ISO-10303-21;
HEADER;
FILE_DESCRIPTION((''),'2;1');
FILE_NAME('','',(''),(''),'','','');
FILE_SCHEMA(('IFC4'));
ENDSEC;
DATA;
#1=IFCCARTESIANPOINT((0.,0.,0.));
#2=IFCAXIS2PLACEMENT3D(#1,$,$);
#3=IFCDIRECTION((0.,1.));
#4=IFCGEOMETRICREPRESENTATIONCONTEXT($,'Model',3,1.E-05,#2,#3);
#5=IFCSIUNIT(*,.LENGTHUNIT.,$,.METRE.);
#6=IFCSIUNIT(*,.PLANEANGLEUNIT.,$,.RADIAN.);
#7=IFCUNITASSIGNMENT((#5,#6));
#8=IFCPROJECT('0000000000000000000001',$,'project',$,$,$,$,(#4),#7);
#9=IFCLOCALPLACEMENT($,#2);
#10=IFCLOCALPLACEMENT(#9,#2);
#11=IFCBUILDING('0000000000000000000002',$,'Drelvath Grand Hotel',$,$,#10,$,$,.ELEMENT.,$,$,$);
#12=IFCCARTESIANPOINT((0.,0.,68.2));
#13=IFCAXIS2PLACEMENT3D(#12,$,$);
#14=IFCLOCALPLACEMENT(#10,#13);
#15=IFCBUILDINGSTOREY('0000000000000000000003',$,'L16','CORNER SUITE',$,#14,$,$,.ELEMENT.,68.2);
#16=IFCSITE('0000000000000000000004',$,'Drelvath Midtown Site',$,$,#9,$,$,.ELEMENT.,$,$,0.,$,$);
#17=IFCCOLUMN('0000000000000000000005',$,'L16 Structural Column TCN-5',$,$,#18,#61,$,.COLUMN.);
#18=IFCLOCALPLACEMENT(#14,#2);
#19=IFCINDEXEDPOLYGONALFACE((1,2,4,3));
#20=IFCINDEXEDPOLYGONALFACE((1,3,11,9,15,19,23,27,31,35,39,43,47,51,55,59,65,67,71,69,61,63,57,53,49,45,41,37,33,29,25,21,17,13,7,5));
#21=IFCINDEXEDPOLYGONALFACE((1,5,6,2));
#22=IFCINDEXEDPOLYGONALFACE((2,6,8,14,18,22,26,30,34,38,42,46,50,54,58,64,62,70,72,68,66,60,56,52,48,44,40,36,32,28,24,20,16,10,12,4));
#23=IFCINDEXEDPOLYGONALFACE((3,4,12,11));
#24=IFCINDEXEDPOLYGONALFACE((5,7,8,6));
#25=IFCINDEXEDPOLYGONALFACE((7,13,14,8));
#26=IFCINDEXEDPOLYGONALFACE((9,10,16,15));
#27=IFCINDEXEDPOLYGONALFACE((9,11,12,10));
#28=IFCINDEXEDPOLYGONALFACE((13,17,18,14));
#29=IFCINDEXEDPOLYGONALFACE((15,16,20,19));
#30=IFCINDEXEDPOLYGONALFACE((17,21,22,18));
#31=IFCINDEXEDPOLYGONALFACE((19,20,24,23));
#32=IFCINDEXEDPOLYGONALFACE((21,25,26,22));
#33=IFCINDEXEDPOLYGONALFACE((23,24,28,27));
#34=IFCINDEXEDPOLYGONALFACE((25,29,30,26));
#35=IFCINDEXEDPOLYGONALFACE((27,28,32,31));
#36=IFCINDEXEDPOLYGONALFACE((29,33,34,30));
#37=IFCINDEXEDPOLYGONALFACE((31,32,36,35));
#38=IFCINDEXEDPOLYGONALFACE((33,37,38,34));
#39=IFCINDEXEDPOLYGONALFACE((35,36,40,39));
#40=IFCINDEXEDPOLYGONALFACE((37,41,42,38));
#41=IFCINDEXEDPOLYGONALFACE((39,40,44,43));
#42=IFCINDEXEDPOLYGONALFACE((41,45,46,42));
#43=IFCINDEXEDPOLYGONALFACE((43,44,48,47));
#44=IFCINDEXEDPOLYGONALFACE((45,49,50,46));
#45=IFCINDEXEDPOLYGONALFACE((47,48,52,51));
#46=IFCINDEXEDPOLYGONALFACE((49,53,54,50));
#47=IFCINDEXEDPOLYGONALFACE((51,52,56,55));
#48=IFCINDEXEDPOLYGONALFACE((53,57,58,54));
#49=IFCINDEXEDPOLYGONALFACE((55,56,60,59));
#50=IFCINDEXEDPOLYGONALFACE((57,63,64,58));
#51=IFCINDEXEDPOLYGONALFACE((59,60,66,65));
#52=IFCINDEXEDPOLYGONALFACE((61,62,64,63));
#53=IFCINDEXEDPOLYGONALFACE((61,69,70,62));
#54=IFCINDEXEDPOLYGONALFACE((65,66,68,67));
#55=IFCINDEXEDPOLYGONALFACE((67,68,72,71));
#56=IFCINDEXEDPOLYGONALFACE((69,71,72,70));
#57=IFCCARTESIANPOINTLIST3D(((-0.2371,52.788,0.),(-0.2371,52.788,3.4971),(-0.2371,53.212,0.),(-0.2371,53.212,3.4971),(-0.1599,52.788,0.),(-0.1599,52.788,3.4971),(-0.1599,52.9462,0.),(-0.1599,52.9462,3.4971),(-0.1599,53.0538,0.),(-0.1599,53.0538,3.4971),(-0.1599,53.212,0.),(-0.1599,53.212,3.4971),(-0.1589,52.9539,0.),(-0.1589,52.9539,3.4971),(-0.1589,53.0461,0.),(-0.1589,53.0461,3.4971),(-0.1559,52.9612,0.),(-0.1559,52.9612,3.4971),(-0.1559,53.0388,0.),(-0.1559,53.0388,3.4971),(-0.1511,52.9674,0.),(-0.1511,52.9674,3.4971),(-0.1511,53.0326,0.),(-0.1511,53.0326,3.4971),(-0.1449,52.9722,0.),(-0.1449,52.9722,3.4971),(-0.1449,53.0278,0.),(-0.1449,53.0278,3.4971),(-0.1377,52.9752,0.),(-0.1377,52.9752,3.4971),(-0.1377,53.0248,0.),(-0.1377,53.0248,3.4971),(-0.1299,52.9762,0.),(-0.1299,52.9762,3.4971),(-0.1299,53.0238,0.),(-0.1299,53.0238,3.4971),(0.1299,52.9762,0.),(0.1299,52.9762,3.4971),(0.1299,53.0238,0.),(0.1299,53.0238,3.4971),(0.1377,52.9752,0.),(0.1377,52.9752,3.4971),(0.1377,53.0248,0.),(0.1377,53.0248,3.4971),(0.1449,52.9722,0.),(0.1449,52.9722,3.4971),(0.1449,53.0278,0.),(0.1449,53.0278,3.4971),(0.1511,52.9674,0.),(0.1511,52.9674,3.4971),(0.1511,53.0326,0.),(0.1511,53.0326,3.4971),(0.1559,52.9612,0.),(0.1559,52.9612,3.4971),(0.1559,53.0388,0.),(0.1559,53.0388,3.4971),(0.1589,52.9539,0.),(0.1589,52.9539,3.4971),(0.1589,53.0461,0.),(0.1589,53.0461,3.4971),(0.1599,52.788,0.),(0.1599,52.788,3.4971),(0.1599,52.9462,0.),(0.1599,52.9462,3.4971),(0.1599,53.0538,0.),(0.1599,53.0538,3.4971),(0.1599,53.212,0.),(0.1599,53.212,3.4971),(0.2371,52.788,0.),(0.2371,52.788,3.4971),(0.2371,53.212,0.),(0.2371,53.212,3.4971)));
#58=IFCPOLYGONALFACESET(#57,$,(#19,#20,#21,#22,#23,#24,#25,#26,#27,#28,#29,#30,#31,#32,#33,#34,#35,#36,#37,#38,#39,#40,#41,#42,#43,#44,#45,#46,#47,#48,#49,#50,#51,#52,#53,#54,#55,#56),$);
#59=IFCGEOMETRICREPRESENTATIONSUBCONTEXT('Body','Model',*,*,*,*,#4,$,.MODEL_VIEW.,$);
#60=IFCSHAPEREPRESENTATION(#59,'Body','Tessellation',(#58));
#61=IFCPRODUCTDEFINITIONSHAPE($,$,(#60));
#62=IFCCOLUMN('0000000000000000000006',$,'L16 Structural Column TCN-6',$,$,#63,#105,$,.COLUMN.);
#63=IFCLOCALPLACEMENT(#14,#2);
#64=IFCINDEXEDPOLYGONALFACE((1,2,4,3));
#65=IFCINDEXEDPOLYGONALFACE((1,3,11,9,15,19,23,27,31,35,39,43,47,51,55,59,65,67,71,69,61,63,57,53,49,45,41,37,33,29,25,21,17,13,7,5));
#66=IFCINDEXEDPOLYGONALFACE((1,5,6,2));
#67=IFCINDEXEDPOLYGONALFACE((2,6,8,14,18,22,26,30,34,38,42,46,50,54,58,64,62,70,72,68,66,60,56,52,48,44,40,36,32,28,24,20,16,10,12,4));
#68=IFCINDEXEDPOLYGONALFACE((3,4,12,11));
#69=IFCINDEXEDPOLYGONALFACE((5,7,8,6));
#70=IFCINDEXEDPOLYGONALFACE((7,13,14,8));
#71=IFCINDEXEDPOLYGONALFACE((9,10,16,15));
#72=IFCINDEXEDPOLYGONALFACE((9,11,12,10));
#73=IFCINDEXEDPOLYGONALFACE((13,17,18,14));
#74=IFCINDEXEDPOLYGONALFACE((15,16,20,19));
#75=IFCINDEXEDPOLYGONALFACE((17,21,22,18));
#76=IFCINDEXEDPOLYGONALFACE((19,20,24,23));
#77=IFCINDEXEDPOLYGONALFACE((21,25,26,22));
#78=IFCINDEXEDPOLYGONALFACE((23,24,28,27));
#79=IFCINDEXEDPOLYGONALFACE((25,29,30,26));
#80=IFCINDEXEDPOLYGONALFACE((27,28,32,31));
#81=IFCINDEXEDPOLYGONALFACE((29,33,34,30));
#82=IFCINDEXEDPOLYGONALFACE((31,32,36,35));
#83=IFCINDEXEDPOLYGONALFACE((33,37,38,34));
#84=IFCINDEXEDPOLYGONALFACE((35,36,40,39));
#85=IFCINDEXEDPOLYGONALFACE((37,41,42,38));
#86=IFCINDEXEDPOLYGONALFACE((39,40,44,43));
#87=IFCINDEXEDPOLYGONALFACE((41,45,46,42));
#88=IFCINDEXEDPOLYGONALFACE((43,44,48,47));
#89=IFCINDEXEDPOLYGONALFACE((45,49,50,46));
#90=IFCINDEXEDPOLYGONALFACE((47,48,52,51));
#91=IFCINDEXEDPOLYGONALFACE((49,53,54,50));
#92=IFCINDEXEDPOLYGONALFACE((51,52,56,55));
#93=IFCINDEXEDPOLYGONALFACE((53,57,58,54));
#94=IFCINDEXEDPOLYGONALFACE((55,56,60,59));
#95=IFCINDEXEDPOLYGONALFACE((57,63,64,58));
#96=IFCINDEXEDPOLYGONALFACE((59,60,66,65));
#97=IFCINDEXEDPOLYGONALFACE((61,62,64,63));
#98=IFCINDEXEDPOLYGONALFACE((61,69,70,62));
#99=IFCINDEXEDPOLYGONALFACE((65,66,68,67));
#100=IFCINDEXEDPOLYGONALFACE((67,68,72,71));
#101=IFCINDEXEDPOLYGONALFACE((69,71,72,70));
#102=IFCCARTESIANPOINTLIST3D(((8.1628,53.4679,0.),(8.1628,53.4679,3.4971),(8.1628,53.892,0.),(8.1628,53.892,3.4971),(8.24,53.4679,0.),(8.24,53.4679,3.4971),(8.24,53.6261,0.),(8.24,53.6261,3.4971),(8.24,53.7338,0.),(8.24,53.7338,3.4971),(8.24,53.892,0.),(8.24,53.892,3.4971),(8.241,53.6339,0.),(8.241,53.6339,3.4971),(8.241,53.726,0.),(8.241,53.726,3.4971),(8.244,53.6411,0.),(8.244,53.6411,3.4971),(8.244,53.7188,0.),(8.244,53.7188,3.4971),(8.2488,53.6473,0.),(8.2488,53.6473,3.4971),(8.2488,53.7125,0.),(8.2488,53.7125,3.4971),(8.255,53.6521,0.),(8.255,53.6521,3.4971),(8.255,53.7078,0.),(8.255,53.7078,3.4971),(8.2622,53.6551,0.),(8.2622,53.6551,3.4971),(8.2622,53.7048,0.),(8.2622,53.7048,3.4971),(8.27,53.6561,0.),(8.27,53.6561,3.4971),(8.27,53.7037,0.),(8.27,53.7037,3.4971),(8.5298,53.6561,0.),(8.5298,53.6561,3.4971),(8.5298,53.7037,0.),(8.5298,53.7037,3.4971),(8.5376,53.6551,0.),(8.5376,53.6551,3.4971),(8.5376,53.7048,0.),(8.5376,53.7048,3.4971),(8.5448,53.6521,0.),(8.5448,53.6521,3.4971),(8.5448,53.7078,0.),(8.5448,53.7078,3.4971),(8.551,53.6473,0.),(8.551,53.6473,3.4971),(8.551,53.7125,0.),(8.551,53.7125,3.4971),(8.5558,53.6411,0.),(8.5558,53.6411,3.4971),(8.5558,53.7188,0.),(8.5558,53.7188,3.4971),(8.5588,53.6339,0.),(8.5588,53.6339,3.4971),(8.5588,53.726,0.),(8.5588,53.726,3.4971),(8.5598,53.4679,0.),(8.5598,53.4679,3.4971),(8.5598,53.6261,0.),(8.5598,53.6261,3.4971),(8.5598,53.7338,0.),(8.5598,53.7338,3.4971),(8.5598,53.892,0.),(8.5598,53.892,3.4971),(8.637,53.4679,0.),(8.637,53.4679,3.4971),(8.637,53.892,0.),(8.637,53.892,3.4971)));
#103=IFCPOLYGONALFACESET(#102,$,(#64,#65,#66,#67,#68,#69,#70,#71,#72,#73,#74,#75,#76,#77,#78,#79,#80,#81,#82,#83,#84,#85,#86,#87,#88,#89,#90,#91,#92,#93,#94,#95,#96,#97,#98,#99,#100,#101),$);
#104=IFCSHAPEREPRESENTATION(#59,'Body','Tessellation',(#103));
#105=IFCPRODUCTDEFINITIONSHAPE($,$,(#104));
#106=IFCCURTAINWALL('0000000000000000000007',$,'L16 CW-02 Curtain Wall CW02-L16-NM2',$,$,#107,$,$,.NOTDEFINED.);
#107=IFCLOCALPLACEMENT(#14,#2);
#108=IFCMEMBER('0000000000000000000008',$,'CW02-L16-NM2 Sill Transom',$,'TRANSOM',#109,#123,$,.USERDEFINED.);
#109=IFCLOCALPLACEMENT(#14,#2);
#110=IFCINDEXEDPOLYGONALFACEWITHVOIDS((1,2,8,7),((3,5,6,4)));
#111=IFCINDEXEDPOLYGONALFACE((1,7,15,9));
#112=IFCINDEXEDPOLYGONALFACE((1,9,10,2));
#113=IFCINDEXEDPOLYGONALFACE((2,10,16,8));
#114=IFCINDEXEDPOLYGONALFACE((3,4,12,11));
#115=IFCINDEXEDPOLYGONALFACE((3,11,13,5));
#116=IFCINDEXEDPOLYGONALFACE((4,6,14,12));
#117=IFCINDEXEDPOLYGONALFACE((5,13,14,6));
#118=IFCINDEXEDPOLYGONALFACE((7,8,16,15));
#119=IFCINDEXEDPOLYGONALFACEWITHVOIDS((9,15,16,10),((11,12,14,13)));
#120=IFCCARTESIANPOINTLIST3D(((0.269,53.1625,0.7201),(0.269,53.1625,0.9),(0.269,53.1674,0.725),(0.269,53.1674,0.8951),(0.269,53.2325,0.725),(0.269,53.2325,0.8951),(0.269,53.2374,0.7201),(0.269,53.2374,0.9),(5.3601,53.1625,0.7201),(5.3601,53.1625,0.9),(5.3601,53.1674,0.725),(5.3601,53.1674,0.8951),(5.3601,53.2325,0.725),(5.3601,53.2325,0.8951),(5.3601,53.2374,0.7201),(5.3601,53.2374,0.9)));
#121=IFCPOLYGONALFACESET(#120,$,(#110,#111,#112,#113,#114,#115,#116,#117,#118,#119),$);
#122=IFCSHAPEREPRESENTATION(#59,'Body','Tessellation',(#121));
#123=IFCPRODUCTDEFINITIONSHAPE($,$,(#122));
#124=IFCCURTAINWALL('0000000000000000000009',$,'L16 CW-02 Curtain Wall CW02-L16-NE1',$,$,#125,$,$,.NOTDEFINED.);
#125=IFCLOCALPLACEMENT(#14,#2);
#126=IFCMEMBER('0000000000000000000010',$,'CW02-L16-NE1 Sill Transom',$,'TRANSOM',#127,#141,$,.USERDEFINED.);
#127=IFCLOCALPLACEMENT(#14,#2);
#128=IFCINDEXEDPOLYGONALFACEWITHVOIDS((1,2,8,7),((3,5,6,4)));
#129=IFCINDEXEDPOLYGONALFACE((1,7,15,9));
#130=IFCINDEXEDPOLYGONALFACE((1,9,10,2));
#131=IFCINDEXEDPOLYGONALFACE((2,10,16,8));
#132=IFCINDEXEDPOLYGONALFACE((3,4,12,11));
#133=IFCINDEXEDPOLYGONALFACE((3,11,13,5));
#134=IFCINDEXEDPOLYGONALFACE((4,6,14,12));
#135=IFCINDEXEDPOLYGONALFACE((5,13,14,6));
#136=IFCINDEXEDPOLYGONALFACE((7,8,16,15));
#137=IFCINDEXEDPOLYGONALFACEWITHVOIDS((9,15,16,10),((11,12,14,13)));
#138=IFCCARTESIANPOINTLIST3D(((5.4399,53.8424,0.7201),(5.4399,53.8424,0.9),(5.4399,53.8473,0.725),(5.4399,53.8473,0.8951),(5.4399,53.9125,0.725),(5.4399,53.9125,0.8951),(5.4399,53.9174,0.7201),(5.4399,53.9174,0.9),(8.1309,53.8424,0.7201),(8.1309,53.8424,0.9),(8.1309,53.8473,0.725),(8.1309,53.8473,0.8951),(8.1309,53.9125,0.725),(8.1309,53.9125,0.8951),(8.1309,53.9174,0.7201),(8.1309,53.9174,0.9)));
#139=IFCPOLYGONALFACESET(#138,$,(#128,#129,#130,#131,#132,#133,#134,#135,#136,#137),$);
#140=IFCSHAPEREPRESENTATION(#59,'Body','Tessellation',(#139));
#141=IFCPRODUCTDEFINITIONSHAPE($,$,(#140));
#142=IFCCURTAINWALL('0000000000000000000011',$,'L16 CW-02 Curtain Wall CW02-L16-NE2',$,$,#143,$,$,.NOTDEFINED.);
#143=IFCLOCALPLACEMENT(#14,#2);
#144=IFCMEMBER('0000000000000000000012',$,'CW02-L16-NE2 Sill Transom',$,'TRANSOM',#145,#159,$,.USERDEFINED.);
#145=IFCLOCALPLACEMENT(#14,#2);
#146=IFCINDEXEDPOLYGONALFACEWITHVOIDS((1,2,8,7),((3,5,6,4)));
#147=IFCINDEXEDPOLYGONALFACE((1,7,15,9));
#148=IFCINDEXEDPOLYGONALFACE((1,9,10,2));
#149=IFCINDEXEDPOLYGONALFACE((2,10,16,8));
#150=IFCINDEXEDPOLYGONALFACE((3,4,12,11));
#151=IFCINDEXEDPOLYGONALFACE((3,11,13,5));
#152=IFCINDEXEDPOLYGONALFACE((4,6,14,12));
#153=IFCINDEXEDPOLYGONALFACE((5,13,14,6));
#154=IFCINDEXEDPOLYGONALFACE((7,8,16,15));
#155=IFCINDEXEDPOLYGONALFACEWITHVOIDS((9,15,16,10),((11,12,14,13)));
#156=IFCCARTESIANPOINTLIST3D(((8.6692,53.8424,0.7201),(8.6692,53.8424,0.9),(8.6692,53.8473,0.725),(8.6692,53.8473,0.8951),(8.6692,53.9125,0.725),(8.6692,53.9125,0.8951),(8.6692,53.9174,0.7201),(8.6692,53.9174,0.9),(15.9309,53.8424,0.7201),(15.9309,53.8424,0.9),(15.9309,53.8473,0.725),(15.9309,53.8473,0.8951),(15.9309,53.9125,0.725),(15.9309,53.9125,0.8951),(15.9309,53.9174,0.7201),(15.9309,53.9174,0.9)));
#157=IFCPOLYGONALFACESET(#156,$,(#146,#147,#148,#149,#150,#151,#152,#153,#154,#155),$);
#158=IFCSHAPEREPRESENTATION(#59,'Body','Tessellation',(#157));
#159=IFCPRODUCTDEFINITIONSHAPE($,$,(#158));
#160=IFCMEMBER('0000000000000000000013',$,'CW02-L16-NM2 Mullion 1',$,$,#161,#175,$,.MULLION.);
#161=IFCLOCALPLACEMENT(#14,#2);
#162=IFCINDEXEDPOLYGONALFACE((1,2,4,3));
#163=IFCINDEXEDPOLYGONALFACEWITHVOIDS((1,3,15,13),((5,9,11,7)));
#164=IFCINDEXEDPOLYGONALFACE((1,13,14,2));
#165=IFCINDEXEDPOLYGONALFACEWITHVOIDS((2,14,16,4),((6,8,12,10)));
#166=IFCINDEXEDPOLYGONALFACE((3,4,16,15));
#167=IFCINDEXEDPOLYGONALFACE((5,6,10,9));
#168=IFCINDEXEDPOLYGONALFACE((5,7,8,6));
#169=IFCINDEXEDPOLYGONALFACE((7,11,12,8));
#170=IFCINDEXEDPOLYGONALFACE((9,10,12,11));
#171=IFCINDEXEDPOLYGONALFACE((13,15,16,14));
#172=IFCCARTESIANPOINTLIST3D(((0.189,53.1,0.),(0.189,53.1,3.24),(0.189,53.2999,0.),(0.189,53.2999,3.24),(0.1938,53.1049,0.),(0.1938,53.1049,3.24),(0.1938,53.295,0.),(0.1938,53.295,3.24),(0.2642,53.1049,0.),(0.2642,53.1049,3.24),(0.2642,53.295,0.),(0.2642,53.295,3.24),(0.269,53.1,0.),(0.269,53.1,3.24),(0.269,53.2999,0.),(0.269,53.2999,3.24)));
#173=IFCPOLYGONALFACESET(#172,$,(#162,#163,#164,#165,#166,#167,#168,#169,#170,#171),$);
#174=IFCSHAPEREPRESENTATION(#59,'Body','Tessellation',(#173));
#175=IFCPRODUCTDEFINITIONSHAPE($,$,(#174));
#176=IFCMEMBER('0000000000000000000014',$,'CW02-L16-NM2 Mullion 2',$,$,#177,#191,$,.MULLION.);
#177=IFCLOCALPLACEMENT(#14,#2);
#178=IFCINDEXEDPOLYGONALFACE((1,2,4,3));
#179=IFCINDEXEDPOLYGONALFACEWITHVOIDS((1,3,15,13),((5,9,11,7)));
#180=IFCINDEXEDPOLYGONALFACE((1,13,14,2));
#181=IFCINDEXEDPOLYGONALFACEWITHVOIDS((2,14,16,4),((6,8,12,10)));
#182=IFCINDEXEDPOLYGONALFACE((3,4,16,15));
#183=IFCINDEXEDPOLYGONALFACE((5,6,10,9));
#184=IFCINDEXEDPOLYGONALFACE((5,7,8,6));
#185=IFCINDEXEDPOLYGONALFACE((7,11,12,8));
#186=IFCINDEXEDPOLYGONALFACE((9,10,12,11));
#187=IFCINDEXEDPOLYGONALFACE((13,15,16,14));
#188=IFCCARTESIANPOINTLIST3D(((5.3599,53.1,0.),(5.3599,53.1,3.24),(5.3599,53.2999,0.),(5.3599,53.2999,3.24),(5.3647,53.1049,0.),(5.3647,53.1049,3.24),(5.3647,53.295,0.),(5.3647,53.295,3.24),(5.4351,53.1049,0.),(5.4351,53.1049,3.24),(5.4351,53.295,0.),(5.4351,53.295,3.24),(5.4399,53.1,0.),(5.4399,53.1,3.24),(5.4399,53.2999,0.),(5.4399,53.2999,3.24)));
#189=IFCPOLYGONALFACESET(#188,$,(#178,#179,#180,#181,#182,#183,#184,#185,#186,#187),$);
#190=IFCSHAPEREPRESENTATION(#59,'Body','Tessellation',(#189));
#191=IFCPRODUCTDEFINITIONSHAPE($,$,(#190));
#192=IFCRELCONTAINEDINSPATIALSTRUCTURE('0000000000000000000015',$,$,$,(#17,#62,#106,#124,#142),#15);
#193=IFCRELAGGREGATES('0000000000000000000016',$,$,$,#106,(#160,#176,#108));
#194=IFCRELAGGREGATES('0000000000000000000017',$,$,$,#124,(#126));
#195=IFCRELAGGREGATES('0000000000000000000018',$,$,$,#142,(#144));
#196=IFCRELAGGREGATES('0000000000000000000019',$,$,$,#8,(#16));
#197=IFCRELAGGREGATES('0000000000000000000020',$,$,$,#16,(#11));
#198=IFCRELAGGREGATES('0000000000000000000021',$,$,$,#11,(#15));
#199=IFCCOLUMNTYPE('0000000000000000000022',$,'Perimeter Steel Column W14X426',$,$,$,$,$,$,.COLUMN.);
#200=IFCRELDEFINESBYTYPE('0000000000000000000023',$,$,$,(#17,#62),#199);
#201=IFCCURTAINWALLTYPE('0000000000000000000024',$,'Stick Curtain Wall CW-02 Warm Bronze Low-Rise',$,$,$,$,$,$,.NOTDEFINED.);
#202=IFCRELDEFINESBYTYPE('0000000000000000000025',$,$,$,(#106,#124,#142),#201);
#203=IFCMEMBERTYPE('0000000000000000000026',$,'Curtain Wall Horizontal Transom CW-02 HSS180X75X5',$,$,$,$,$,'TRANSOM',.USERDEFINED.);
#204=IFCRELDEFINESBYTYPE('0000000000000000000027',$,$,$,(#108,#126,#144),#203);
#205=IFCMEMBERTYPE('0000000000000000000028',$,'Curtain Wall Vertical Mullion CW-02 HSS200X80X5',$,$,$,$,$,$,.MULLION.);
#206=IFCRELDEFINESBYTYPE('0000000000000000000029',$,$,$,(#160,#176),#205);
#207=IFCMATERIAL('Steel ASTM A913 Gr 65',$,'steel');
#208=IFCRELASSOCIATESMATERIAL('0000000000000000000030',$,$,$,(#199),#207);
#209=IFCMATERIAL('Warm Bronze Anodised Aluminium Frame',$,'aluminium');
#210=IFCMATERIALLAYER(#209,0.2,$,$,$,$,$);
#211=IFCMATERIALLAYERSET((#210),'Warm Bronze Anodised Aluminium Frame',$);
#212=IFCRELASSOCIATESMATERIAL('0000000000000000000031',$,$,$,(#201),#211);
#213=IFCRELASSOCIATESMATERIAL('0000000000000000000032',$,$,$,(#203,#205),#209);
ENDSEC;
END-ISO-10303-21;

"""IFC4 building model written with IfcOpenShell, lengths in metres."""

from ifc_helpers import new_model, si_unit, direction, frame, origin, origin_2d, place, context, subcontext, project, spatial, hollow_rectangle, i_section, extrude, material, layer, layer_set, material_profile, profile_set, type_object, element, aggregate, save


model = new_model("IFC4")

# Units and contexts
model_context = context("Model", 3, precision=1e-05, world=origin(), true_north=direction((0.0, 1.0)))
body_context = subcontext(model_context, "Body", "Model", "MODEL_VIEW")
ifc_project = project(units=[si_unit("LENGTHUNIT", "METRE"), si_unit("PLANEANGLEUNIT", "RADIAN")], contexts=[model_context])

# Site, building, storey
site_placement = place(None, origin())
site = spatial("IfcSite", under=ifc_project, at=site_placement, Name="Drelvath Midtown Site", CompositionType="ELEMENT", RefElevation=0.0)
building_placement = place(site_placement, origin())
building = spatial("IfcBuilding", under=site, at=building_placement, Name="Drelvath Grand Hotel", CompositionType="ELEMENT")
storey_placement = place(building_placement, frame((0.0, 0.0, 68.2)))
storey = spatial("IfcBuildingStorey", under=building, at=storey_placement, Name="L16", Description="CORNER SUITE", CompositionType="ELEMENT", Elevation=68.2)

# Columns
ifc_material_1 = material(Name="Steel ASTM A913 Gr 65", Category="steel")
ifc_material_profile_1 = material_profile(ifc_material_1, i_section(OverallWidth=0.4241, OverallDepth=0.4741, WebThickness=0.0476, FlangeThickness=0.0771, FilletRadius=0.03, at=origin_2d()), Name="W14X426")
ifc_profile_set_1 = profile_set([ifc_material_profile_1], Name="Steel ASTM A913 Gr 65")
column_type = type_object("IfcColumnType", Name="Perimeter Steel Column W14X426", PredefinedType="COLUMN", material=ifc_profile_set_1)
for number, where, z_axis, x_axis, name in (
    (1, (0.0, 53.0, 0.0), (0.0, 0.0, 1.0), (0.0, 1.0, 0.0), "L16 Structural Column TCN-5"),
    (2, (8.3999, 53.6799, 0.0), (0.0, 0.0, 1.0), (0.0, 1.0, 0.0), "L16 Structural Column TCN-6"),
):
    element("IfcColumn", number, at=place(storey_placement, frame(where, z_axis=z_axis, x_axis=x_axis)), inside=storey, type_object=column_type, Name=name, PredefinedType="COLUMN", context=body_context, shape_type="SweptSolid", body=[
        extrude(i_section(OverallWidth=0.4241, OverallDepth=0.4741, WebThickness=0.0476, FlangeThickness=0.0771, FilletRadius=0.03, at=origin_2d()), origin(), (0.0, 0.0, 1.0), 3.4971),
    ])

# Curtain walls, members
ifc_material_2 = material(Name="Warm Bronze Anodised Aluminium Frame", Category="aluminium")
ifc_layer_1 = layer(ifc_material_2, 0.2)
ifc_layer_set_1 = layer_set([ifc_layer_1], Name="Warm Bronze Anodised Aluminium Frame")
curtain_wall_type = type_object("IfcCurtainWallType", Name="Stick Curtain Wall CW-02 Warm Bronze Low-Rise", PredefinedType="NOTDEFINED", material=ifc_layer_set_1)
curtain_wall_1_placement = place(storey_placement, origin())
curtain_wall_1 = element("IfcCurtainWall", 3, at=curtain_wall_1_placement, inside=storey, type_object=curtain_wall_type, Name="L16 CW-02 Curtain Wall CW02-L16-NM2", PredefinedType="NOTDEFINED")
ifc_material_profile_2 = material_profile(ifc_material_2, hollow_rectangle(XDim=0.075, YDim=0.1799, WallThickness=0.0049, at=origin_2d()), Name="HSS180X75X5")
ifc_profile_set_2 = profile_set([ifc_material_profile_2], Name="Warm Bronze Anodised Aluminium Frame")
member_type_1 = type_object("IfcMemberType", Name="Curtain Wall Horizontal Transom CW-02 HSS180X75X5", ElementType="TRANSOM", PredefinedType="USERDEFINED", material=ifc_profile_set_2)
member_1_placement = place(storey_placement, frame((0.269, 53.2, 0.8101), z_axis=(1.0, 0.0, 0.0), x_axis=(0.0, 1.0, 0.0)))
member_1 = element("IfcMember", 4, at=member_1_placement, type_object=member_type_1, Name="CW02-L16-NM2 Sill Transom", ObjectType="TRANSOM", PredefinedType="USERDEFINED", context=body_context, shape_type="SweptSolid", body=[
    extrude(hollow_rectangle(XDim=0.075, YDim=0.1799, WallThickness=0.0049, at=origin_2d()), origin(), (0.0, 0.0, 1.0), 5.0911),
])
curtain_wall_2_placement = place(storey_placement, origin())
curtain_wall_2 = element("IfcCurtainWall", 5, at=curtain_wall_2_placement, inside=storey, type_object=curtain_wall_type, Name="L16 CW-02 Curtain Wall CW02-L16-NE1", PredefinedType="NOTDEFINED")
member_2_placement = place(storey_placement, frame((5.4399, 53.8799, 0.8101), z_axis=(1.0, 0.0, 0.0), x_axis=(0.0, 1.0, 0.0)))
member_2 = element("IfcMember", 6, at=member_2_placement, type_object=member_type_1, Name="CW02-L16-NE1 Sill Transom", ObjectType="TRANSOM", PredefinedType="USERDEFINED", context=body_context, shape_type="SweptSolid", body=[
    extrude(hollow_rectangle(XDim=0.075, YDim=0.1799, WallThickness=0.0049, at=origin_2d()), origin(), (0.0, 0.0, 1.0), 2.6909),
])
curtain_wall_3_placement = place(storey_placement, origin())
curtain_wall_3 = element("IfcCurtainWall", 7, at=curtain_wall_3_placement, inside=storey, type_object=curtain_wall_type, Name="L16 CW-02 Curtain Wall CW02-L16-NE2", PredefinedType="NOTDEFINED")
member_3_placement = place(storey_placement, frame((8.6692, 53.8799, 0.8101), z_axis=(1.0, 0.0, 0.0), x_axis=(0.0, 1.0, 0.0)))
member_3 = element("IfcMember", 8, at=member_3_placement, type_object=member_type_1, Name="CW02-L16-NE2 Sill Transom", ObjectType="TRANSOM", PredefinedType="USERDEFINED", context=body_context, shape_type="SweptSolid", body=[
    extrude(hollow_rectangle(XDim=0.075, YDim=0.1799, WallThickness=0.0049, at=origin_2d()), origin(), (0.0, 0.0, 1.0), 7.2617),
])

# Members
ifc_material_profile_3 = material_profile(ifc_material_2, hollow_rectangle(XDim=0.0801, YDim=0.2, WallThickness=0.0049, at=origin_2d()), Name="HSS200X80X5")
ifc_profile_set_3 = profile_set([ifc_material_profile_3], Name="Warm Bronze Anodised Aluminium Frame")
member_type_2 = type_object("IfcMemberType", Name="Curtain Wall Vertical Mullion CW-02 HSS200X80X5", PredefinedType="MULLION", material=ifc_profile_set_3)
member_4_placement = place(storey_placement, frame((0.229, 53.2, 0.0), z_axis=(0.0, 0.0, 1.0), x_axis=(1.0, 0.0, 0.0)))
member_4 = element("IfcMember", 9, at=member_4_placement, type_object=member_type_2, Name="CW02-L16-NM2 Mullion 1", PredefinedType="MULLION", context=body_context, shape_type="SweptSolid", body=[
    extrude(hollow_rectangle(XDim=0.0801, YDim=0.2, WallThickness=0.0049, at=origin_2d()), origin(), (0.0, 0.0, 1.0), 3.24),
])
member_5_placement = place(storey_placement, frame((5.3999, 53.2, 0.0), z_axis=(0.0, 0.0, 1.0), x_axis=(1.0, 0.0, 0.0)))
member_5 = element("IfcMember", 10, at=member_5_placement, type_object=member_type_2, Name="CW02-L16-NM2 Mullion 2", PredefinedType="MULLION", context=body_context, shape_type="SweptSolid", body=[
    extrude(hollow_rectangle(XDim=0.0801, YDim=0.2, WallThickness=0.0049, at=origin_2d()), origin(), (0.0, 0.0, 1.0), 3.24),
])

aggregate(curtain_wall_1, [member_4, member_5, member_1])
aggregate(curtain_wall_2, [member_2])
aggregate(curtain_wall_3, [member_3])

save(model, "model.ifc")
